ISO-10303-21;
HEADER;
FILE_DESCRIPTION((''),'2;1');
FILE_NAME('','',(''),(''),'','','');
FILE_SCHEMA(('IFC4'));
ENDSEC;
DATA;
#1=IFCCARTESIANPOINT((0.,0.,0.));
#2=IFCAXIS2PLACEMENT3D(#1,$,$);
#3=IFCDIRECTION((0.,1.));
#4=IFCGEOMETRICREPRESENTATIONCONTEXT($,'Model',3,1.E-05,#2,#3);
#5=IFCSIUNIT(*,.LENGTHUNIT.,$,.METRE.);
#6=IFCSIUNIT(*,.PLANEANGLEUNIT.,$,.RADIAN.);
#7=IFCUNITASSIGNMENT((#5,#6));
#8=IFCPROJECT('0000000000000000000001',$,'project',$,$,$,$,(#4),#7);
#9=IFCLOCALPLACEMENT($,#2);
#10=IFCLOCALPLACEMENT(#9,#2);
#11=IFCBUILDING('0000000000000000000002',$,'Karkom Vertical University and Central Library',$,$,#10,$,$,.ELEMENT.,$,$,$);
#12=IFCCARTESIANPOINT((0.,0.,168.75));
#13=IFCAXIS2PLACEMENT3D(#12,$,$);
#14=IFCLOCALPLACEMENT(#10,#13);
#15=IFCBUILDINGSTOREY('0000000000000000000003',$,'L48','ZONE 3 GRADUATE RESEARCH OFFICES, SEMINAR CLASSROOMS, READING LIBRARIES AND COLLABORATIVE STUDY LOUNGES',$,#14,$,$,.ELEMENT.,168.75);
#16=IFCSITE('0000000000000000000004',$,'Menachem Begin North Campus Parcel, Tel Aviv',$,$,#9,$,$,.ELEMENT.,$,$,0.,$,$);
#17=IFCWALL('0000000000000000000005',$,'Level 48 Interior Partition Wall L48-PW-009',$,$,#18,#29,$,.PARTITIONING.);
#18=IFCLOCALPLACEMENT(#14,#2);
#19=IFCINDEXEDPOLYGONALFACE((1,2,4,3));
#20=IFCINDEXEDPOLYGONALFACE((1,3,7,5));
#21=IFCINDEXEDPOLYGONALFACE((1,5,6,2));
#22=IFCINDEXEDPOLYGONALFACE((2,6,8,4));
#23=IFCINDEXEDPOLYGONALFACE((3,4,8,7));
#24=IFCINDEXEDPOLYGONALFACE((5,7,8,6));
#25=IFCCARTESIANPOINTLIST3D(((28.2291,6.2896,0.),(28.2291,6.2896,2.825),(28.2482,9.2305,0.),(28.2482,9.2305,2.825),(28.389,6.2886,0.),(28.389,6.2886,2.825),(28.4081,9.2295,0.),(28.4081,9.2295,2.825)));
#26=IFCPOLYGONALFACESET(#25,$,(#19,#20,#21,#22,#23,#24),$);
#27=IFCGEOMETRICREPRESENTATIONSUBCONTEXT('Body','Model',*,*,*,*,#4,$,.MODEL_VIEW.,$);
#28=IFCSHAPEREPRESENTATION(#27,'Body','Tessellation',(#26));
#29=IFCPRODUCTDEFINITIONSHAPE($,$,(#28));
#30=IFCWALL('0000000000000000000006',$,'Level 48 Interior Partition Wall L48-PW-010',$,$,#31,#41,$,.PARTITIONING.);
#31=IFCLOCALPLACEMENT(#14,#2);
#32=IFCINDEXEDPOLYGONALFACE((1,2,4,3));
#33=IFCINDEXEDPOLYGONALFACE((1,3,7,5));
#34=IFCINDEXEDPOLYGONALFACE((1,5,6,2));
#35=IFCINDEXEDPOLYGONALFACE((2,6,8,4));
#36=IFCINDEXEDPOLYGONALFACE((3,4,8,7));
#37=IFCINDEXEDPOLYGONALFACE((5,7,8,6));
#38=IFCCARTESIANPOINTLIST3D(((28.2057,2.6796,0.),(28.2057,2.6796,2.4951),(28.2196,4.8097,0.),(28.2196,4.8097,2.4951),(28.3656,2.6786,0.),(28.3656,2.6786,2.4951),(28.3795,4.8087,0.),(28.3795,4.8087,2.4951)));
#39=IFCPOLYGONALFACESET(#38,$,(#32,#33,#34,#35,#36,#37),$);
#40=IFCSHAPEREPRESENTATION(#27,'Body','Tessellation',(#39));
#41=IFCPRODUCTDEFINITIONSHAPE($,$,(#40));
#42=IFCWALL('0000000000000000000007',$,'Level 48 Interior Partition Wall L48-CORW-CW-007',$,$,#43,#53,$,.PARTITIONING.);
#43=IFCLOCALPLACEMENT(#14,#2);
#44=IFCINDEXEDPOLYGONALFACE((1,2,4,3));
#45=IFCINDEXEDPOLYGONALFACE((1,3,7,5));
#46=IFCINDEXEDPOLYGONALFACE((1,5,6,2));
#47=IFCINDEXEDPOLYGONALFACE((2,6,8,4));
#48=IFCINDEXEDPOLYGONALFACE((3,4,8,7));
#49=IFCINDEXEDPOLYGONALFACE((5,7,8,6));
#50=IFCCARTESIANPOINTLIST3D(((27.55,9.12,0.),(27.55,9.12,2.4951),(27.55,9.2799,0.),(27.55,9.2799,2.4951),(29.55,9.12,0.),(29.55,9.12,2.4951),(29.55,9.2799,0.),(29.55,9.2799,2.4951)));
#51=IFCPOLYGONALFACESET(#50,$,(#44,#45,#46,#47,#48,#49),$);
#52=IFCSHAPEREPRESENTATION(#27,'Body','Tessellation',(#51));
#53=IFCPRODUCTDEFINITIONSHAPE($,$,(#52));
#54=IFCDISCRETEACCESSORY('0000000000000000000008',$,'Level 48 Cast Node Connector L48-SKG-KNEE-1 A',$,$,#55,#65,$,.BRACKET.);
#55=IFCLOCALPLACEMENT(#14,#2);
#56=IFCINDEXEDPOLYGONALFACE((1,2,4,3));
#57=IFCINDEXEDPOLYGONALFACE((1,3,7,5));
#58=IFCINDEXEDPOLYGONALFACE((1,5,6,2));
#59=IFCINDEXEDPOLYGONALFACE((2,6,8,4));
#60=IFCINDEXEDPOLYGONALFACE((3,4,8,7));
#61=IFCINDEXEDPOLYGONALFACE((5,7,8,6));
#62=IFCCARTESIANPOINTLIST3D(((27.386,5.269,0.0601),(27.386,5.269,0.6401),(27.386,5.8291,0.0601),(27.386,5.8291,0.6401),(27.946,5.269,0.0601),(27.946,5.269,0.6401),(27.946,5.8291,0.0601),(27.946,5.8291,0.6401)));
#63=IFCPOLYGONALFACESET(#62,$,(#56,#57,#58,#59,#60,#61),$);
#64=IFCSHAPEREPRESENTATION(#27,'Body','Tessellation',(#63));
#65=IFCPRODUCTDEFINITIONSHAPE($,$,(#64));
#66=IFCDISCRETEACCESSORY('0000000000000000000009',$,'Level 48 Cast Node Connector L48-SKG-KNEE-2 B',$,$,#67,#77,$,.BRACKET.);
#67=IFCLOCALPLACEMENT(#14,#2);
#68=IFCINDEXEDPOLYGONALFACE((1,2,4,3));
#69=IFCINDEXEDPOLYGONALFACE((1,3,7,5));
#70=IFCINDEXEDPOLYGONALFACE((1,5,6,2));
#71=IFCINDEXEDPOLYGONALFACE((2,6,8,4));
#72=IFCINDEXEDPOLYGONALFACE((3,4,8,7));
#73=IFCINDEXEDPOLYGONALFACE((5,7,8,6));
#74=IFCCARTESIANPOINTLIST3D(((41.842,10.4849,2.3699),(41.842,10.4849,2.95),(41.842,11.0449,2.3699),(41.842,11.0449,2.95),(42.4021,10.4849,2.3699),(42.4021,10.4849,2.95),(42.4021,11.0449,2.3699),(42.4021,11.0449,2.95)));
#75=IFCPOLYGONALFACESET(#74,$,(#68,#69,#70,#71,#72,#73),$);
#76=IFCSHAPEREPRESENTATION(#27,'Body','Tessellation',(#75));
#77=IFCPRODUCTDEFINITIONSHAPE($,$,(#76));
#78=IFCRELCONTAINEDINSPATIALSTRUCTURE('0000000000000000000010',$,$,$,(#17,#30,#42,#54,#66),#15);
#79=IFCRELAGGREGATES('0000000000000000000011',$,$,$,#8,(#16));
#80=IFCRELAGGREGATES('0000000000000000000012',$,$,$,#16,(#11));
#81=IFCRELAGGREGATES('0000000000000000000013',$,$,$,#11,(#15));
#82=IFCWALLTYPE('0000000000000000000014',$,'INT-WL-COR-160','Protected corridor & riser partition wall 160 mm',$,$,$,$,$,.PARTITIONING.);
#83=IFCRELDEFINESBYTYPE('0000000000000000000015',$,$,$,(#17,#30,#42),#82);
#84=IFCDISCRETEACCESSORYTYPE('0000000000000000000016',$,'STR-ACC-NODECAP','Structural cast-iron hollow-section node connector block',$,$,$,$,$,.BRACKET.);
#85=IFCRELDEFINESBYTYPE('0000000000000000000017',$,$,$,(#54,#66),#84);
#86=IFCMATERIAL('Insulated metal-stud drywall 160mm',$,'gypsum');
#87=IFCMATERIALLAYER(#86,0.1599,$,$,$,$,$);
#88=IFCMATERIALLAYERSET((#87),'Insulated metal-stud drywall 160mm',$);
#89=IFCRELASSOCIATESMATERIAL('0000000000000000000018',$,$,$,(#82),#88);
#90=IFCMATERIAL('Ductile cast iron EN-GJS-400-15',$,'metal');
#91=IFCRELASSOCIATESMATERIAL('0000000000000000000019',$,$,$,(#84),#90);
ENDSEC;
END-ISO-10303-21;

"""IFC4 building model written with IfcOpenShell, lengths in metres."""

from ifc_helpers import new_model, si_unit, direction, frame, frame_2d, origin, origin_with_axes, origin_2d, place, context, subcontext, project, spatial, rectangle, extrude, source, transform, mapped, material, layer, layer_set, type_object, element, save


model = new_model("IFC4")

# Units and contexts
model_context = context("Model", 3, precision=1e-05, world=origin(), true_north=direction((0.0, 1.0)))
body_context = subcontext(model_context, "Body", "Model", "MODEL_VIEW")
ifc_project = project(units=[si_unit("LENGTHUNIT", "METRE"), si_unit("PLANEANGLEUNIT", "RADIAN")], contexts=[model_context])

# Site, building, storey
site_placement = place(None, origin())
site = spatial("IfcSite", under=ifc_project, at=site_placement, Name="Menachem Begin North Campus Parcel, Tel Aviv", CompositionType="ELEMENT", RefElevation=0.0)
building_placement = place(site_placement, origin())
building = spatial("IfcBuilding", under=site, at=building_placement, Name="Karkom Vertical University and Central Library", CompositionType="ELEMENT")
storey_placement = place(building_placement, frame((0.0, 0.0, 168.75)))
storey = spatial("IfcBuildingStorey", under=building, at=storey_placement, Name="L48", Description="ZONE 3 GRADUATE RESEARCH OFFICES, SEMINAR CLASSROOMS, READING LIBRARIES AND COLLABORATIVE STUDY LOUNGES", CompositionType="ELEMENT", Elevation=168.75)

# Shared definitions
ifc_material_1 = material(Name="Insulated metal-stud drywall 160mm", Category="gypsum")
ifc_layer_1 = layer(ifc_material_1, 0.1599)
ifc_layer_set_1 = layer_set([ifc_layer_1], Name="Insulated metal-stud drywall 160mm")
wall_type_1 = type_object("IfcWallType", Name="INT-WL-COR-160", Description="Protected corridor & riser partition wall 160 mm", PredefinedType="PARTITIONING", material=ifc_layer_set_1)

# Walls
wall_1_placement = place(storey_placement, frame((28.3281, 9.23, 0.0), z_axis=(0.0, 0.0, 1.0), x_axis=(-0.006475, -0.999979, 0.0)))
element("IfcWall", 1, at=wall_1_placement, inside=storey, type_object=wall_type_1, Name="Level 48 Interior Partition Wall L48-PW-009", PredefinedType="PARTITIONING", context=body_context, shape_type="SweptSolid", body=[
    extrude(rectangle(XDim=2.9409, YDim=0.1599, at=frame_2d((1.4705, 0.0))), origin(), (0.0, 0.0, 1.0), 2.825),
])
wall_2_placement = place(storey_placement, frame((28.2996, 4.8091, 0.0), z_axis=(0.0, 0.0, 1.0), x_axis=(-0.006533, -0.999979, 0.0)))
element("IfcWall", 2, at=wall_2_placement, inside=storey, type_object=wall_type_1, Name="Level 48 Interior Partition Wall L48-PW-010", PredefinedType="PARTITIONING", context=body_context, shape_type="SweptSolid", body=[
    extrude(rectangle(XDim=2.1301, YDim=0.1599, at=frame_2d((1.0649, 0.0))), origin(), (0.0, 0.0, 1.0), 2.4951),
])
wall_3_placement = place(storey_placement, frame((29.55, 9.2, 0.0), z_axis=(0.0, 0.0, 1.0), x_axis=(-1.0, 0.0, 0.0)))
element("IfcWall", 3, at=wall_3_placement, inside=storey, type_object=wall_type_1, Name="Level 48 Interior Partition Wall L48-CORW-CW-007", PredefinedType="PARTITIONING", context=body_context, shape_type="SweptSolid", body=[
    extrude(rectangle(XDim=2.0, YDim=0.1599, at=frame_2d((1.0, 0.0))), origin(), (0.0, 0.0, 1.0), 2.4951),
])

# Discrete accessories
ifc_material_2 = material(Name="Ductile cast iron EN-GJS-400-15", Category="metal")
discrete_accessory_type = type_object("IfcDiscreteAccessoryType", Name="STR-ACC-NODECAP", Description="Structural cast-iron hollow-section node connector block", PredefinedType="BRACKET", material=ifc_material_2)
shared_shape_1 = source(origin_with_axes(), body_context, "Body", "SweptSolid", [
    extrude(rectangle(XDim=0.5601, YDim=0.5601, at=origin_2d()), origin(), (0.0, 0.0, 1.0), 0.5801),
])
for number, where, z_axis, x_axis, name in (
    (4, (27.666, 5.5491, 0.0601), (0.0, 0.0, 1.0), (1.0, 0.0, 0.0), "Level 48 Cast Node Connector L48-SKG-KNEE-1 A"),
    (5, (42.1221, 10.7649, 2.3699), (0.0, 0.0, 1.0), (1.0, 0.0, 0.0), "Level 48 Cast Node Connector L48-SKG-KNEE-2 B"),
):
    element("IfcDiscreteAccessory", number, at=place(storey_placement, frame(where, z_axis=z_axis, x_axis=x_axis)), inside=storey, type_object=discrete_accessory_type, Name=name, PredefinedType="BRACKET", context=body_context, shape_type="MappedRepresentation", body=[
        mapped(shared_shape_1, transform((0.0, 0.0, 0.0), scale=1.0)),
    ])

save(model, "model.ifc")
